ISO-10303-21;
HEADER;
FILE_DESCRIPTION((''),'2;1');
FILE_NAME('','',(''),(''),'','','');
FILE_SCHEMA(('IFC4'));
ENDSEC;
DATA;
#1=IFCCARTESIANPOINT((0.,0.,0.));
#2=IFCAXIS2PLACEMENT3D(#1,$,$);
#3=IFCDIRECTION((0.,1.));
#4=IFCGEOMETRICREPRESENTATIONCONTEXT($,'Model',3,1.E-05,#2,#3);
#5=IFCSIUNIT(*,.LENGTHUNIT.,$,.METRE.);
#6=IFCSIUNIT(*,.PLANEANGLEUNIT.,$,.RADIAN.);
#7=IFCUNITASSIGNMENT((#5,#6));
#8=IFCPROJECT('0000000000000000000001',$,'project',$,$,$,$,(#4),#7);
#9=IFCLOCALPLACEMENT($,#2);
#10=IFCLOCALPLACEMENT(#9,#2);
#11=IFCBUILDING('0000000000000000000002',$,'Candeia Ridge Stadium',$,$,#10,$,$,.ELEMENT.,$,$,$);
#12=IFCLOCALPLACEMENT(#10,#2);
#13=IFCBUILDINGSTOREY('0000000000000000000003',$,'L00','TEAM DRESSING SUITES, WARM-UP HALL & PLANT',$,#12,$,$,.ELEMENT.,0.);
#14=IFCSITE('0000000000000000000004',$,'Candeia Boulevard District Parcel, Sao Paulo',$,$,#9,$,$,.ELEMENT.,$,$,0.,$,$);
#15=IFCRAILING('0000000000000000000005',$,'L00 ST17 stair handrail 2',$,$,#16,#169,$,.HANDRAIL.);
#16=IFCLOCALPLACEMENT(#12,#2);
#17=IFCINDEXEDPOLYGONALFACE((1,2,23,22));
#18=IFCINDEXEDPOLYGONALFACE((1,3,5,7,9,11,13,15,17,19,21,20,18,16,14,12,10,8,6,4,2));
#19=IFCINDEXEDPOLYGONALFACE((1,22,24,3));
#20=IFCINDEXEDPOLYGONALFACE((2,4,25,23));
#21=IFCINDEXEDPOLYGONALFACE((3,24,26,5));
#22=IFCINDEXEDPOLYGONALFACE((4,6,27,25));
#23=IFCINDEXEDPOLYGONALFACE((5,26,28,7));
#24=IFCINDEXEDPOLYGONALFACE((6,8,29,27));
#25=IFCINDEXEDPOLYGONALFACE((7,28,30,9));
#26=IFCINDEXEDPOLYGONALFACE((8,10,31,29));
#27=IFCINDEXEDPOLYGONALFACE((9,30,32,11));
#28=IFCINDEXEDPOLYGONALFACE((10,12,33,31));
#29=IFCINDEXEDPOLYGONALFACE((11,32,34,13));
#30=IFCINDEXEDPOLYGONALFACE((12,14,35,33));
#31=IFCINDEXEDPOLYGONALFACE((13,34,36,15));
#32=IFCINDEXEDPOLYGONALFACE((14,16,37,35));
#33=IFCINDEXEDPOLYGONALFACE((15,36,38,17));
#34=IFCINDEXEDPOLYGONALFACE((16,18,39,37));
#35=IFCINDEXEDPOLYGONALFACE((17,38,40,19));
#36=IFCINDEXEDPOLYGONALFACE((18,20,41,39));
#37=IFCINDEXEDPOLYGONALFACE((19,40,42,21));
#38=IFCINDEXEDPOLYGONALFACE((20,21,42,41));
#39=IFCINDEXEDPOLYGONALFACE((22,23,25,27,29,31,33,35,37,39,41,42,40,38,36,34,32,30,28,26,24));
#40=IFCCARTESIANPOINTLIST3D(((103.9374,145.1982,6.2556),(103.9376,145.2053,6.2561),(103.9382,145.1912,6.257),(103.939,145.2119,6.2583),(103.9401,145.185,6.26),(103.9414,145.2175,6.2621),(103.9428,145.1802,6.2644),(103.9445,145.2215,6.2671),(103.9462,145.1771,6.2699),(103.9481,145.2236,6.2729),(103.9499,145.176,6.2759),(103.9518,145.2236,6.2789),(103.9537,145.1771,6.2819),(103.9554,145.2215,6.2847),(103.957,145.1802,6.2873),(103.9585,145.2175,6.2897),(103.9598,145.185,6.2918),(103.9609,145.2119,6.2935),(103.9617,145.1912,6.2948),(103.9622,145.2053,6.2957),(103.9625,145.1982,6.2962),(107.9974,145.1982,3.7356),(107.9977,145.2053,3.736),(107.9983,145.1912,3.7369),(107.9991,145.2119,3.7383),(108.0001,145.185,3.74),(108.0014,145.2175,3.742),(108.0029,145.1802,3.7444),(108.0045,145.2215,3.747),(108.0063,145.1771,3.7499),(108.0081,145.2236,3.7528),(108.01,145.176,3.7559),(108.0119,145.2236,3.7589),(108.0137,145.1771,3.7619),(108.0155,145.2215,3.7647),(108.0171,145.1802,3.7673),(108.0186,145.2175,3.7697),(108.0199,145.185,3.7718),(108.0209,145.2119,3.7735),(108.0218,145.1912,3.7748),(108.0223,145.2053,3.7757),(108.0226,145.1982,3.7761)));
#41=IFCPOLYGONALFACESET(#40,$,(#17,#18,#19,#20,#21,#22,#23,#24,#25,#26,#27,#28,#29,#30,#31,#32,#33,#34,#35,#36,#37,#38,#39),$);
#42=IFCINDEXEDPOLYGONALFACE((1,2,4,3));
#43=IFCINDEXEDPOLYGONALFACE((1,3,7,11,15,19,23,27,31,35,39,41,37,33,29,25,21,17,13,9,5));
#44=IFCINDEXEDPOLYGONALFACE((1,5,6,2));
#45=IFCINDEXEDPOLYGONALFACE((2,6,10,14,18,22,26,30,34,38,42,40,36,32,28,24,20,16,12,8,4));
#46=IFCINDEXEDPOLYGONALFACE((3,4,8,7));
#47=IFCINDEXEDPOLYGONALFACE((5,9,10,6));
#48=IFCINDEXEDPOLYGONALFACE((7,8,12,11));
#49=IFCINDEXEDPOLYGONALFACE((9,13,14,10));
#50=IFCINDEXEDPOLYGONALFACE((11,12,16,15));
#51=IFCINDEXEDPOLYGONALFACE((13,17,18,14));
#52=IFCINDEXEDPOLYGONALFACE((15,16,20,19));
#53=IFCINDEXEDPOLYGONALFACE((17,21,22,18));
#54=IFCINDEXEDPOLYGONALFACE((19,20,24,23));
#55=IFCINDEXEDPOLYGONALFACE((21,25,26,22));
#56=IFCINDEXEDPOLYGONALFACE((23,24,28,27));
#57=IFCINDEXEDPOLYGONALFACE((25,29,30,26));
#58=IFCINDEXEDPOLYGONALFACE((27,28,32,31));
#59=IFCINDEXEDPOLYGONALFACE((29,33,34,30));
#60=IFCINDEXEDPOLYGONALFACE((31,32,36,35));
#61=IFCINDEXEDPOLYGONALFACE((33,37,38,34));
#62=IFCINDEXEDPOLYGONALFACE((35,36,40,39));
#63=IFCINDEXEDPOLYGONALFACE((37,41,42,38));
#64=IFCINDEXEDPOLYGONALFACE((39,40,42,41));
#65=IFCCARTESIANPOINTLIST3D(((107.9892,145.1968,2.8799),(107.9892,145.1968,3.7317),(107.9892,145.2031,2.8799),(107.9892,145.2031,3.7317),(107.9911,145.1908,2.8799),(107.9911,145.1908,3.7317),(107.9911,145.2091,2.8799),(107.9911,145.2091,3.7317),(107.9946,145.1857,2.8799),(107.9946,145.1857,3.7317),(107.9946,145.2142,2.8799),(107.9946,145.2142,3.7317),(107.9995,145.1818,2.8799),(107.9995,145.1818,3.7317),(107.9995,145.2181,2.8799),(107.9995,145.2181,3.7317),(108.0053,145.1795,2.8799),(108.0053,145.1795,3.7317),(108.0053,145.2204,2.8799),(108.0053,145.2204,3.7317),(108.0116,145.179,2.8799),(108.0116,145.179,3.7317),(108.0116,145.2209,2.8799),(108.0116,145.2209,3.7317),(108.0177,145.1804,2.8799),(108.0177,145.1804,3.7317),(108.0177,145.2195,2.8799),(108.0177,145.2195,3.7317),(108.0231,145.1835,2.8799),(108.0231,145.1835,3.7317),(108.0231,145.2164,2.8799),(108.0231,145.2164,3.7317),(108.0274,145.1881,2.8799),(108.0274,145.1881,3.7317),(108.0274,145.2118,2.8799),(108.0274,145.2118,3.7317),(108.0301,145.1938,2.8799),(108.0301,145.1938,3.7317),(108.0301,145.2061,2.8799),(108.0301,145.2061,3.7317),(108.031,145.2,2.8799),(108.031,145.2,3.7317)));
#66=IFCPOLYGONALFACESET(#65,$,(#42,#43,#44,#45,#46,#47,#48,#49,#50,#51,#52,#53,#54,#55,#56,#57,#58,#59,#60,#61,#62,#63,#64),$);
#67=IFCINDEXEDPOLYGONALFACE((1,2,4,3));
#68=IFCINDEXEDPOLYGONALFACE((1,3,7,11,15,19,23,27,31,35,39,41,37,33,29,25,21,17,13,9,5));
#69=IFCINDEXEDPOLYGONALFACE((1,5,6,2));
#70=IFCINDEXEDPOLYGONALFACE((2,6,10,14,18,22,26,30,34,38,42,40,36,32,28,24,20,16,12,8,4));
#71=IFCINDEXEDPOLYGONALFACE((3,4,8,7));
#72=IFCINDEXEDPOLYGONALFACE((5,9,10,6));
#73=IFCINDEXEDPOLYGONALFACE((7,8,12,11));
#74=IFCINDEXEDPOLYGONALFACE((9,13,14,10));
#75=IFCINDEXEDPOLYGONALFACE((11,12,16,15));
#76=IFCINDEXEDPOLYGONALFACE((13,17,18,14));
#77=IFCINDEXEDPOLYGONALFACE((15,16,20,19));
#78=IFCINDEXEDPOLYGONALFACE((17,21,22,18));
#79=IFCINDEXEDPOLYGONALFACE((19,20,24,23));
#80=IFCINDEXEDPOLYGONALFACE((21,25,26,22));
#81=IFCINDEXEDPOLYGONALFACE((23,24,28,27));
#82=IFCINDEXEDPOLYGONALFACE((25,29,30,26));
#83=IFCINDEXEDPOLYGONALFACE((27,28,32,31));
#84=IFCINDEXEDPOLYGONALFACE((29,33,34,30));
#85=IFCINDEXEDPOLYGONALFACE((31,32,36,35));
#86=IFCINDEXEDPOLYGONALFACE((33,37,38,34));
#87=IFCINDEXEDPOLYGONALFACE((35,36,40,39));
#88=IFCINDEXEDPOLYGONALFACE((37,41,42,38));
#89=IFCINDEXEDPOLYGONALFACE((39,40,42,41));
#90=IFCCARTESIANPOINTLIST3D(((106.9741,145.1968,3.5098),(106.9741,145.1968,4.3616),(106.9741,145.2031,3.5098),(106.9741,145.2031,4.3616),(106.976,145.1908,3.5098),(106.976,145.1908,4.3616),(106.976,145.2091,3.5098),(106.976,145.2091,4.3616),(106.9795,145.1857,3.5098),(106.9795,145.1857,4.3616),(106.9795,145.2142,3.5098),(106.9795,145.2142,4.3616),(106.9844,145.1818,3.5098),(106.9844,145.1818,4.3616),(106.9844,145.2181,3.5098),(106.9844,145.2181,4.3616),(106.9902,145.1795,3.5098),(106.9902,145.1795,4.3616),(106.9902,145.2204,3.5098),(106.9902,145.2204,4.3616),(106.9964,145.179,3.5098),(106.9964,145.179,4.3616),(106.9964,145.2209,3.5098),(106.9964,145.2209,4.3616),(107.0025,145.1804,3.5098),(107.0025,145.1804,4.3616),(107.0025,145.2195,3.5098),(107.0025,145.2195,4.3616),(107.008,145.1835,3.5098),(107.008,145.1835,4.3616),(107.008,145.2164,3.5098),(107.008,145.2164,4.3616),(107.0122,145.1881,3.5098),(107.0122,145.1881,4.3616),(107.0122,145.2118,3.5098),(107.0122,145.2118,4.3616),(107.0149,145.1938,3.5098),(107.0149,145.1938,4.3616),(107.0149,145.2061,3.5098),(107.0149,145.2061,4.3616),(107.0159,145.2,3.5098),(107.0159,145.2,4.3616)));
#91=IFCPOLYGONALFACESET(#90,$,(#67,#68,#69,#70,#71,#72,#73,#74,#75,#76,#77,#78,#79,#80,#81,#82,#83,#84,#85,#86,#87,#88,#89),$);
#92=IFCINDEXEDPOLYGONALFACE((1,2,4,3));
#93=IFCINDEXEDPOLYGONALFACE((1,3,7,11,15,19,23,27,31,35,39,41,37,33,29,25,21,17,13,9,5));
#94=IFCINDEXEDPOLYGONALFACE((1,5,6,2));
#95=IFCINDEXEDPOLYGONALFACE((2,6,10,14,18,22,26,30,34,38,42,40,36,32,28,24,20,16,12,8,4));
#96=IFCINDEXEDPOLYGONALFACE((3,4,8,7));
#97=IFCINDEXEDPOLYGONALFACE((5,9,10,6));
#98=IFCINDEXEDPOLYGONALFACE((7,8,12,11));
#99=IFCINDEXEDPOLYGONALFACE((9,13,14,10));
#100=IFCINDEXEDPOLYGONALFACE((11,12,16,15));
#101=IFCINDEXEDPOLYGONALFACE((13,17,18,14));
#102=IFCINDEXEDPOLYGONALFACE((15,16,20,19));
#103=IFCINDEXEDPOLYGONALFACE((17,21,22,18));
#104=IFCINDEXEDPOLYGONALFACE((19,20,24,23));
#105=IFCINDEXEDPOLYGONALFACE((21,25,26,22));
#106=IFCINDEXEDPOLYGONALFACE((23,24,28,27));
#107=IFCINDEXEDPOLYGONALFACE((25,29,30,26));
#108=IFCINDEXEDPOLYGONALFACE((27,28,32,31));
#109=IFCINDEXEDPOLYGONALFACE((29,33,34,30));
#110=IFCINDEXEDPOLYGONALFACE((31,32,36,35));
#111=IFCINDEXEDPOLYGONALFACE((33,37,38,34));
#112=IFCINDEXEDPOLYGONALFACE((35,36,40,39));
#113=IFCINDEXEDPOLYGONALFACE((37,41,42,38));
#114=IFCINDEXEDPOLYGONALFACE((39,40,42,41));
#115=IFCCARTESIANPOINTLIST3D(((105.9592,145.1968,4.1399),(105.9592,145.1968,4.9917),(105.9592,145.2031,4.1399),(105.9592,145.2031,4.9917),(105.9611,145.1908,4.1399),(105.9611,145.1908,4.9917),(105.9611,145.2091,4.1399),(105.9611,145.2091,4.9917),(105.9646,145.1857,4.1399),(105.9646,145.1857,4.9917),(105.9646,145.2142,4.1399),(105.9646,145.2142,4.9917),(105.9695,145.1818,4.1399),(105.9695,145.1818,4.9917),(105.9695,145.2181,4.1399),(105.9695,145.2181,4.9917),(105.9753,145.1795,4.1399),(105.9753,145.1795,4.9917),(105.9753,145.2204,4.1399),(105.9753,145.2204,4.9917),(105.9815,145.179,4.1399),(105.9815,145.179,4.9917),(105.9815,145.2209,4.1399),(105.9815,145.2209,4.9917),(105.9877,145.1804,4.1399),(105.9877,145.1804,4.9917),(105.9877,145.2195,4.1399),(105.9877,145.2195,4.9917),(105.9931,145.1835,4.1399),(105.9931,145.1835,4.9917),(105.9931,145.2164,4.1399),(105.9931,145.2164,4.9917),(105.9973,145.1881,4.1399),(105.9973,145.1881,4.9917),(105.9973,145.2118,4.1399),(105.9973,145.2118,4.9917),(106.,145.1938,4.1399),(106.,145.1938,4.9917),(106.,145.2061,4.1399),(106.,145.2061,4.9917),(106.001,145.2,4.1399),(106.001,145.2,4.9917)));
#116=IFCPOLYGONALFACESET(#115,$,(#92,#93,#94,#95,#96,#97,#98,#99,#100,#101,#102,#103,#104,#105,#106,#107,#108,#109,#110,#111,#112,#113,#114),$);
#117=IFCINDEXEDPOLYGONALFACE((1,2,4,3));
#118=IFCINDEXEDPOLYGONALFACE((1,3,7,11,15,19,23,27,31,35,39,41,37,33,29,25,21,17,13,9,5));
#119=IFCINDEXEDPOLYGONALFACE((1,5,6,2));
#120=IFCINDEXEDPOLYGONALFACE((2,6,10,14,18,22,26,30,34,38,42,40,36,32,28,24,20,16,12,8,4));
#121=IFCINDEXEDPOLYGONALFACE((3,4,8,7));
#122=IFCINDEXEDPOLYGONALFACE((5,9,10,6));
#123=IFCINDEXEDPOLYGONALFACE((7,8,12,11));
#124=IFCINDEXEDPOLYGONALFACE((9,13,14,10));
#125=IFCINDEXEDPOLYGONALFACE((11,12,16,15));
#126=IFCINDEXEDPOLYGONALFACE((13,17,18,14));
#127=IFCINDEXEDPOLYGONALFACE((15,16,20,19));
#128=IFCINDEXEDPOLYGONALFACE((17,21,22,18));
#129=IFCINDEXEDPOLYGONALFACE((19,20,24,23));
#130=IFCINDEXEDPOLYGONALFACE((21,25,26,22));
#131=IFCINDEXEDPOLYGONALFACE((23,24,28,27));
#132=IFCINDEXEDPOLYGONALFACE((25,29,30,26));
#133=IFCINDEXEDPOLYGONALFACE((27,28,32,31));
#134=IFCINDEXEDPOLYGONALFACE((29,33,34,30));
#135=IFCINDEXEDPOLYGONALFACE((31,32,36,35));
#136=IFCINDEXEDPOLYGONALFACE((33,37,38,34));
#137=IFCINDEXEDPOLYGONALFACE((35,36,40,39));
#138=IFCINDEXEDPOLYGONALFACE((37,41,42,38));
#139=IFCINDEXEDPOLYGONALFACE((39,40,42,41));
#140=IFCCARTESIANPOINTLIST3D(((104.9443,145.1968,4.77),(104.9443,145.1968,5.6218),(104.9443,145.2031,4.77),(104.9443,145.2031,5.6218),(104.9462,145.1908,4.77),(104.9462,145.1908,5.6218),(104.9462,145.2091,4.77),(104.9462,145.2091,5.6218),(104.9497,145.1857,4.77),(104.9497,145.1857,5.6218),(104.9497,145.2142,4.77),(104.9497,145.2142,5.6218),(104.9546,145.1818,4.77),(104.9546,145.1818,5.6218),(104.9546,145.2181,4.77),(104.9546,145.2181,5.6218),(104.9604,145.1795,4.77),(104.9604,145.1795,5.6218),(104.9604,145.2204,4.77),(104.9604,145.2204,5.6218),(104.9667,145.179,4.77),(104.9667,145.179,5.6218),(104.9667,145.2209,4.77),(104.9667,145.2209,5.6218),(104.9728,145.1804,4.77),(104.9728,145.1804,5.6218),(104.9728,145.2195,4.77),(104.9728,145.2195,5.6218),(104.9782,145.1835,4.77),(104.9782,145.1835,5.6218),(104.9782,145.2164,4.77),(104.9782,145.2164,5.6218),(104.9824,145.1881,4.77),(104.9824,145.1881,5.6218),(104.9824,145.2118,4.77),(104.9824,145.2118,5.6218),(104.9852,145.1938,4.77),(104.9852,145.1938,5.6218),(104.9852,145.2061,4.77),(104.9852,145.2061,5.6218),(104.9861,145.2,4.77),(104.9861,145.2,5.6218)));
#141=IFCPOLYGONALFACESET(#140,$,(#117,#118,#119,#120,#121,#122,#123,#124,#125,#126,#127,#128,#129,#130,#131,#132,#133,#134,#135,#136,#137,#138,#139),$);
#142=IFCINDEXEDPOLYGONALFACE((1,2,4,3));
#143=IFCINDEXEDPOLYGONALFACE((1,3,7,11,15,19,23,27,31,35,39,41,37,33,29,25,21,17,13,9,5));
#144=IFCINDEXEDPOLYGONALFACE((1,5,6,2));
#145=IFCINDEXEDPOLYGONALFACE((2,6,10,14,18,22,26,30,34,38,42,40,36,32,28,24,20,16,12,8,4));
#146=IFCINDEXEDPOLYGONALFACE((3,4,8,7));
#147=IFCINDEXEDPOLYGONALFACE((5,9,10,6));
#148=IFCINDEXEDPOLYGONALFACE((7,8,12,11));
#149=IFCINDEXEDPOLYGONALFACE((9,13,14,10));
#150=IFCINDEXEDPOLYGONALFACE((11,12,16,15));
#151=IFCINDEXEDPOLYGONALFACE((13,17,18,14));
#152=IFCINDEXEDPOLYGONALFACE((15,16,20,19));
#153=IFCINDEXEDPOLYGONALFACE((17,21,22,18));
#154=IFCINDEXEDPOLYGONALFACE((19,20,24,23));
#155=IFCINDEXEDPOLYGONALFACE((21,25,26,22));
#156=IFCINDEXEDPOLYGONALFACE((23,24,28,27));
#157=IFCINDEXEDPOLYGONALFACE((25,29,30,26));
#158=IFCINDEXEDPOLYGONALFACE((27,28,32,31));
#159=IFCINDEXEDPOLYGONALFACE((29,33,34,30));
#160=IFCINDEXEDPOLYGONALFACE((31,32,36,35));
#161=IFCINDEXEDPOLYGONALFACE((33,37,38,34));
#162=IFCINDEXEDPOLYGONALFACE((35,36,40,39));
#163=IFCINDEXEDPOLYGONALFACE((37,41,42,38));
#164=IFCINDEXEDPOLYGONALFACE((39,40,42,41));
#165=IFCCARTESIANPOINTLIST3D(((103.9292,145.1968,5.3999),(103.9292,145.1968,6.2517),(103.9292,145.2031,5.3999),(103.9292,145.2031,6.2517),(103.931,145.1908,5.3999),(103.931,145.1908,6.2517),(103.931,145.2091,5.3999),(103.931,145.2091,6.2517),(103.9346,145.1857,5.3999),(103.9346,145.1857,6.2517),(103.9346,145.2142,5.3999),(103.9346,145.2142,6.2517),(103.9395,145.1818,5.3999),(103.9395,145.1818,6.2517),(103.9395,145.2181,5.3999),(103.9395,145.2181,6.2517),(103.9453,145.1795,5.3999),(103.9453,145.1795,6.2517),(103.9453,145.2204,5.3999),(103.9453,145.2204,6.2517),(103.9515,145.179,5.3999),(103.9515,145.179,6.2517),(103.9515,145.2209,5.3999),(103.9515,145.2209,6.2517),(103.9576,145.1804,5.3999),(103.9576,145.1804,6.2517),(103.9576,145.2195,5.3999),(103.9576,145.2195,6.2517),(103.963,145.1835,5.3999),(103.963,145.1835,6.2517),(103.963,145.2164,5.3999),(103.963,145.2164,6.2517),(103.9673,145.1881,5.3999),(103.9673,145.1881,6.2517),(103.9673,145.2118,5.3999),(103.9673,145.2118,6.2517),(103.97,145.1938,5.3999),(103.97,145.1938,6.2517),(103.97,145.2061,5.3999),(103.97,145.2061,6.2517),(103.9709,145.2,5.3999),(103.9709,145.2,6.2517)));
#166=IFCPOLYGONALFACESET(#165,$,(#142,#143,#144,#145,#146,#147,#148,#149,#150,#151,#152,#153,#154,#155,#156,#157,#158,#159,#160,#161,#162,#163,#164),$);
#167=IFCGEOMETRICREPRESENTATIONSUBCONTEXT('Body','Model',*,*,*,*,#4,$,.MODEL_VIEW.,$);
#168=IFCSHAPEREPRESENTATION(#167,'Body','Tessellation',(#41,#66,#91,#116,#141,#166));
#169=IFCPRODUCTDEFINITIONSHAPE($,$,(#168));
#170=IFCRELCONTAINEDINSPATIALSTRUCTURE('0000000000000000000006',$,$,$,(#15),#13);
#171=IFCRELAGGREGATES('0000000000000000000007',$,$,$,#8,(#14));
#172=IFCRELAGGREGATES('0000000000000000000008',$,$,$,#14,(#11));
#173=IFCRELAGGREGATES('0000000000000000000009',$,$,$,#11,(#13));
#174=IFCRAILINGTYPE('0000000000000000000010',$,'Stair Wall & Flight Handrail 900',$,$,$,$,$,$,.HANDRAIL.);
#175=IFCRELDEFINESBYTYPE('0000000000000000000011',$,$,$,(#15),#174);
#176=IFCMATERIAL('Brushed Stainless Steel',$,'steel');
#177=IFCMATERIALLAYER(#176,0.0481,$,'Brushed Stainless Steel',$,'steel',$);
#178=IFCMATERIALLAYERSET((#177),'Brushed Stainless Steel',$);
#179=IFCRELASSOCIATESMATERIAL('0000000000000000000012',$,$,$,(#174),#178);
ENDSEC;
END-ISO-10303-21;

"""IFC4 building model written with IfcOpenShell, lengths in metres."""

from ifc_helpers import new_model, si_unit, direction, frame, origin, origin_2d, place, context, subcontext, project, spatial, circle, extrude, material, layer, layer_set, type_object, element, save


model = new_model("IFC4")

# Units and contexts
model_context = context("Model", 3, precision=1e-05, world=origin(), true_north=direction((0.0, 1.0)))
body_context = subcontext(model_context, "Body", "Model", "MODEL_VIEW")
ifc_project = project(units=[si_unit("LENGTHUNIT", "METRE"), si_unit("PLANEANGLEUNIT", "RADIAN")], contexts=[model_context])

# Site, building, storey
site_placement = place(None, origin())
site = spatial("IfcSite", under=ifc_project, at=site_placement, Name="Candeia Boulevard District Parcel, Sao Paulo", CompositionType="ELEMENT", RefElevation=0.0)
building_placement = place(site_placement, origin())
building = spatial("IfcBuilding", under=site, at=building_placement, Name="Candeia Ridge Stadium", CompositionType="ELEMENT")
storey_placement = place(building_placement, origin())
storey = spatial("IfcBuildingStorey", under=building, at=storey_placement, Name="L00", Description="TEAM DRESSING SUITES, WARM-UP HALL & PLANT", CompositionType="ELEMENT", Elevation=0.0)

# Railing
ifc_material_1 = material(Name="Brushed Stainless Steel", Category="steel")
ifc_layer_1 = layer(ifc_material_1, 0.0481, Name="Brushed Stainless Steel", Category="steel")
ifc_layer_set_1 = layer_set([ifc_layer_1], Name="Brushed Stainless Steel")
railing_type_1 = type_object("IfcRailingType", Name="Stair Wall & Flight Handrail 900", PredefinedType="HANDRAIL", material=ifc_layer_set_1)
railing_1_placement = place(storey_placement, frame((108.01, 145.2, 2.8799)))
element("IfcRailing", 1, at=railing_1_placement, inside=storey, type_object=railing_type_1, Name="L00 ST17 stair handrail 2", PredefinedType="HANDRAIL", context=body_context, shape_type="SweptSolid", body=[
    extrude(circle(Radius=0.0239, at=origin_2d()), frame((0.0, 0.0, 0.876), z_axis=(-0.849642, 0.0, 0.52736), x_axis=(0.0, -1.0, 0.0)), (0.0, 0.0, 1.0), 4.7786),
    extrude(circle(Radius=0.021, at=origin_2d()), origin(), (0.0, 0.0, 1.0), 0.8518),
    extrude(circle(Radius=0.021, at=origin_2d()), frame((-1.0151, 0.0, 0.6299)), (0.0, 0.0, 1.0), 0.8518),
    extrude(circle(Radius=0.021, at=origin_2d()), frame((-2.03, 0.0, 1.26)), (0.0, 0.0, 1.0), 0.8518),
    extrude(circle(Radius=0.021, at=origin_2d()), frame((-3.0449, 0.0, 1.8901)), (0.0, 0.0, 1.0), 0.8518),
    extrude(circle(Radius=0.021, at=origin_2d()), frame((-4.0601, 0.0, 2.52)), (0.0, 0.0, 1.0), 0.8518),
])

save(model, "model.ifc")
